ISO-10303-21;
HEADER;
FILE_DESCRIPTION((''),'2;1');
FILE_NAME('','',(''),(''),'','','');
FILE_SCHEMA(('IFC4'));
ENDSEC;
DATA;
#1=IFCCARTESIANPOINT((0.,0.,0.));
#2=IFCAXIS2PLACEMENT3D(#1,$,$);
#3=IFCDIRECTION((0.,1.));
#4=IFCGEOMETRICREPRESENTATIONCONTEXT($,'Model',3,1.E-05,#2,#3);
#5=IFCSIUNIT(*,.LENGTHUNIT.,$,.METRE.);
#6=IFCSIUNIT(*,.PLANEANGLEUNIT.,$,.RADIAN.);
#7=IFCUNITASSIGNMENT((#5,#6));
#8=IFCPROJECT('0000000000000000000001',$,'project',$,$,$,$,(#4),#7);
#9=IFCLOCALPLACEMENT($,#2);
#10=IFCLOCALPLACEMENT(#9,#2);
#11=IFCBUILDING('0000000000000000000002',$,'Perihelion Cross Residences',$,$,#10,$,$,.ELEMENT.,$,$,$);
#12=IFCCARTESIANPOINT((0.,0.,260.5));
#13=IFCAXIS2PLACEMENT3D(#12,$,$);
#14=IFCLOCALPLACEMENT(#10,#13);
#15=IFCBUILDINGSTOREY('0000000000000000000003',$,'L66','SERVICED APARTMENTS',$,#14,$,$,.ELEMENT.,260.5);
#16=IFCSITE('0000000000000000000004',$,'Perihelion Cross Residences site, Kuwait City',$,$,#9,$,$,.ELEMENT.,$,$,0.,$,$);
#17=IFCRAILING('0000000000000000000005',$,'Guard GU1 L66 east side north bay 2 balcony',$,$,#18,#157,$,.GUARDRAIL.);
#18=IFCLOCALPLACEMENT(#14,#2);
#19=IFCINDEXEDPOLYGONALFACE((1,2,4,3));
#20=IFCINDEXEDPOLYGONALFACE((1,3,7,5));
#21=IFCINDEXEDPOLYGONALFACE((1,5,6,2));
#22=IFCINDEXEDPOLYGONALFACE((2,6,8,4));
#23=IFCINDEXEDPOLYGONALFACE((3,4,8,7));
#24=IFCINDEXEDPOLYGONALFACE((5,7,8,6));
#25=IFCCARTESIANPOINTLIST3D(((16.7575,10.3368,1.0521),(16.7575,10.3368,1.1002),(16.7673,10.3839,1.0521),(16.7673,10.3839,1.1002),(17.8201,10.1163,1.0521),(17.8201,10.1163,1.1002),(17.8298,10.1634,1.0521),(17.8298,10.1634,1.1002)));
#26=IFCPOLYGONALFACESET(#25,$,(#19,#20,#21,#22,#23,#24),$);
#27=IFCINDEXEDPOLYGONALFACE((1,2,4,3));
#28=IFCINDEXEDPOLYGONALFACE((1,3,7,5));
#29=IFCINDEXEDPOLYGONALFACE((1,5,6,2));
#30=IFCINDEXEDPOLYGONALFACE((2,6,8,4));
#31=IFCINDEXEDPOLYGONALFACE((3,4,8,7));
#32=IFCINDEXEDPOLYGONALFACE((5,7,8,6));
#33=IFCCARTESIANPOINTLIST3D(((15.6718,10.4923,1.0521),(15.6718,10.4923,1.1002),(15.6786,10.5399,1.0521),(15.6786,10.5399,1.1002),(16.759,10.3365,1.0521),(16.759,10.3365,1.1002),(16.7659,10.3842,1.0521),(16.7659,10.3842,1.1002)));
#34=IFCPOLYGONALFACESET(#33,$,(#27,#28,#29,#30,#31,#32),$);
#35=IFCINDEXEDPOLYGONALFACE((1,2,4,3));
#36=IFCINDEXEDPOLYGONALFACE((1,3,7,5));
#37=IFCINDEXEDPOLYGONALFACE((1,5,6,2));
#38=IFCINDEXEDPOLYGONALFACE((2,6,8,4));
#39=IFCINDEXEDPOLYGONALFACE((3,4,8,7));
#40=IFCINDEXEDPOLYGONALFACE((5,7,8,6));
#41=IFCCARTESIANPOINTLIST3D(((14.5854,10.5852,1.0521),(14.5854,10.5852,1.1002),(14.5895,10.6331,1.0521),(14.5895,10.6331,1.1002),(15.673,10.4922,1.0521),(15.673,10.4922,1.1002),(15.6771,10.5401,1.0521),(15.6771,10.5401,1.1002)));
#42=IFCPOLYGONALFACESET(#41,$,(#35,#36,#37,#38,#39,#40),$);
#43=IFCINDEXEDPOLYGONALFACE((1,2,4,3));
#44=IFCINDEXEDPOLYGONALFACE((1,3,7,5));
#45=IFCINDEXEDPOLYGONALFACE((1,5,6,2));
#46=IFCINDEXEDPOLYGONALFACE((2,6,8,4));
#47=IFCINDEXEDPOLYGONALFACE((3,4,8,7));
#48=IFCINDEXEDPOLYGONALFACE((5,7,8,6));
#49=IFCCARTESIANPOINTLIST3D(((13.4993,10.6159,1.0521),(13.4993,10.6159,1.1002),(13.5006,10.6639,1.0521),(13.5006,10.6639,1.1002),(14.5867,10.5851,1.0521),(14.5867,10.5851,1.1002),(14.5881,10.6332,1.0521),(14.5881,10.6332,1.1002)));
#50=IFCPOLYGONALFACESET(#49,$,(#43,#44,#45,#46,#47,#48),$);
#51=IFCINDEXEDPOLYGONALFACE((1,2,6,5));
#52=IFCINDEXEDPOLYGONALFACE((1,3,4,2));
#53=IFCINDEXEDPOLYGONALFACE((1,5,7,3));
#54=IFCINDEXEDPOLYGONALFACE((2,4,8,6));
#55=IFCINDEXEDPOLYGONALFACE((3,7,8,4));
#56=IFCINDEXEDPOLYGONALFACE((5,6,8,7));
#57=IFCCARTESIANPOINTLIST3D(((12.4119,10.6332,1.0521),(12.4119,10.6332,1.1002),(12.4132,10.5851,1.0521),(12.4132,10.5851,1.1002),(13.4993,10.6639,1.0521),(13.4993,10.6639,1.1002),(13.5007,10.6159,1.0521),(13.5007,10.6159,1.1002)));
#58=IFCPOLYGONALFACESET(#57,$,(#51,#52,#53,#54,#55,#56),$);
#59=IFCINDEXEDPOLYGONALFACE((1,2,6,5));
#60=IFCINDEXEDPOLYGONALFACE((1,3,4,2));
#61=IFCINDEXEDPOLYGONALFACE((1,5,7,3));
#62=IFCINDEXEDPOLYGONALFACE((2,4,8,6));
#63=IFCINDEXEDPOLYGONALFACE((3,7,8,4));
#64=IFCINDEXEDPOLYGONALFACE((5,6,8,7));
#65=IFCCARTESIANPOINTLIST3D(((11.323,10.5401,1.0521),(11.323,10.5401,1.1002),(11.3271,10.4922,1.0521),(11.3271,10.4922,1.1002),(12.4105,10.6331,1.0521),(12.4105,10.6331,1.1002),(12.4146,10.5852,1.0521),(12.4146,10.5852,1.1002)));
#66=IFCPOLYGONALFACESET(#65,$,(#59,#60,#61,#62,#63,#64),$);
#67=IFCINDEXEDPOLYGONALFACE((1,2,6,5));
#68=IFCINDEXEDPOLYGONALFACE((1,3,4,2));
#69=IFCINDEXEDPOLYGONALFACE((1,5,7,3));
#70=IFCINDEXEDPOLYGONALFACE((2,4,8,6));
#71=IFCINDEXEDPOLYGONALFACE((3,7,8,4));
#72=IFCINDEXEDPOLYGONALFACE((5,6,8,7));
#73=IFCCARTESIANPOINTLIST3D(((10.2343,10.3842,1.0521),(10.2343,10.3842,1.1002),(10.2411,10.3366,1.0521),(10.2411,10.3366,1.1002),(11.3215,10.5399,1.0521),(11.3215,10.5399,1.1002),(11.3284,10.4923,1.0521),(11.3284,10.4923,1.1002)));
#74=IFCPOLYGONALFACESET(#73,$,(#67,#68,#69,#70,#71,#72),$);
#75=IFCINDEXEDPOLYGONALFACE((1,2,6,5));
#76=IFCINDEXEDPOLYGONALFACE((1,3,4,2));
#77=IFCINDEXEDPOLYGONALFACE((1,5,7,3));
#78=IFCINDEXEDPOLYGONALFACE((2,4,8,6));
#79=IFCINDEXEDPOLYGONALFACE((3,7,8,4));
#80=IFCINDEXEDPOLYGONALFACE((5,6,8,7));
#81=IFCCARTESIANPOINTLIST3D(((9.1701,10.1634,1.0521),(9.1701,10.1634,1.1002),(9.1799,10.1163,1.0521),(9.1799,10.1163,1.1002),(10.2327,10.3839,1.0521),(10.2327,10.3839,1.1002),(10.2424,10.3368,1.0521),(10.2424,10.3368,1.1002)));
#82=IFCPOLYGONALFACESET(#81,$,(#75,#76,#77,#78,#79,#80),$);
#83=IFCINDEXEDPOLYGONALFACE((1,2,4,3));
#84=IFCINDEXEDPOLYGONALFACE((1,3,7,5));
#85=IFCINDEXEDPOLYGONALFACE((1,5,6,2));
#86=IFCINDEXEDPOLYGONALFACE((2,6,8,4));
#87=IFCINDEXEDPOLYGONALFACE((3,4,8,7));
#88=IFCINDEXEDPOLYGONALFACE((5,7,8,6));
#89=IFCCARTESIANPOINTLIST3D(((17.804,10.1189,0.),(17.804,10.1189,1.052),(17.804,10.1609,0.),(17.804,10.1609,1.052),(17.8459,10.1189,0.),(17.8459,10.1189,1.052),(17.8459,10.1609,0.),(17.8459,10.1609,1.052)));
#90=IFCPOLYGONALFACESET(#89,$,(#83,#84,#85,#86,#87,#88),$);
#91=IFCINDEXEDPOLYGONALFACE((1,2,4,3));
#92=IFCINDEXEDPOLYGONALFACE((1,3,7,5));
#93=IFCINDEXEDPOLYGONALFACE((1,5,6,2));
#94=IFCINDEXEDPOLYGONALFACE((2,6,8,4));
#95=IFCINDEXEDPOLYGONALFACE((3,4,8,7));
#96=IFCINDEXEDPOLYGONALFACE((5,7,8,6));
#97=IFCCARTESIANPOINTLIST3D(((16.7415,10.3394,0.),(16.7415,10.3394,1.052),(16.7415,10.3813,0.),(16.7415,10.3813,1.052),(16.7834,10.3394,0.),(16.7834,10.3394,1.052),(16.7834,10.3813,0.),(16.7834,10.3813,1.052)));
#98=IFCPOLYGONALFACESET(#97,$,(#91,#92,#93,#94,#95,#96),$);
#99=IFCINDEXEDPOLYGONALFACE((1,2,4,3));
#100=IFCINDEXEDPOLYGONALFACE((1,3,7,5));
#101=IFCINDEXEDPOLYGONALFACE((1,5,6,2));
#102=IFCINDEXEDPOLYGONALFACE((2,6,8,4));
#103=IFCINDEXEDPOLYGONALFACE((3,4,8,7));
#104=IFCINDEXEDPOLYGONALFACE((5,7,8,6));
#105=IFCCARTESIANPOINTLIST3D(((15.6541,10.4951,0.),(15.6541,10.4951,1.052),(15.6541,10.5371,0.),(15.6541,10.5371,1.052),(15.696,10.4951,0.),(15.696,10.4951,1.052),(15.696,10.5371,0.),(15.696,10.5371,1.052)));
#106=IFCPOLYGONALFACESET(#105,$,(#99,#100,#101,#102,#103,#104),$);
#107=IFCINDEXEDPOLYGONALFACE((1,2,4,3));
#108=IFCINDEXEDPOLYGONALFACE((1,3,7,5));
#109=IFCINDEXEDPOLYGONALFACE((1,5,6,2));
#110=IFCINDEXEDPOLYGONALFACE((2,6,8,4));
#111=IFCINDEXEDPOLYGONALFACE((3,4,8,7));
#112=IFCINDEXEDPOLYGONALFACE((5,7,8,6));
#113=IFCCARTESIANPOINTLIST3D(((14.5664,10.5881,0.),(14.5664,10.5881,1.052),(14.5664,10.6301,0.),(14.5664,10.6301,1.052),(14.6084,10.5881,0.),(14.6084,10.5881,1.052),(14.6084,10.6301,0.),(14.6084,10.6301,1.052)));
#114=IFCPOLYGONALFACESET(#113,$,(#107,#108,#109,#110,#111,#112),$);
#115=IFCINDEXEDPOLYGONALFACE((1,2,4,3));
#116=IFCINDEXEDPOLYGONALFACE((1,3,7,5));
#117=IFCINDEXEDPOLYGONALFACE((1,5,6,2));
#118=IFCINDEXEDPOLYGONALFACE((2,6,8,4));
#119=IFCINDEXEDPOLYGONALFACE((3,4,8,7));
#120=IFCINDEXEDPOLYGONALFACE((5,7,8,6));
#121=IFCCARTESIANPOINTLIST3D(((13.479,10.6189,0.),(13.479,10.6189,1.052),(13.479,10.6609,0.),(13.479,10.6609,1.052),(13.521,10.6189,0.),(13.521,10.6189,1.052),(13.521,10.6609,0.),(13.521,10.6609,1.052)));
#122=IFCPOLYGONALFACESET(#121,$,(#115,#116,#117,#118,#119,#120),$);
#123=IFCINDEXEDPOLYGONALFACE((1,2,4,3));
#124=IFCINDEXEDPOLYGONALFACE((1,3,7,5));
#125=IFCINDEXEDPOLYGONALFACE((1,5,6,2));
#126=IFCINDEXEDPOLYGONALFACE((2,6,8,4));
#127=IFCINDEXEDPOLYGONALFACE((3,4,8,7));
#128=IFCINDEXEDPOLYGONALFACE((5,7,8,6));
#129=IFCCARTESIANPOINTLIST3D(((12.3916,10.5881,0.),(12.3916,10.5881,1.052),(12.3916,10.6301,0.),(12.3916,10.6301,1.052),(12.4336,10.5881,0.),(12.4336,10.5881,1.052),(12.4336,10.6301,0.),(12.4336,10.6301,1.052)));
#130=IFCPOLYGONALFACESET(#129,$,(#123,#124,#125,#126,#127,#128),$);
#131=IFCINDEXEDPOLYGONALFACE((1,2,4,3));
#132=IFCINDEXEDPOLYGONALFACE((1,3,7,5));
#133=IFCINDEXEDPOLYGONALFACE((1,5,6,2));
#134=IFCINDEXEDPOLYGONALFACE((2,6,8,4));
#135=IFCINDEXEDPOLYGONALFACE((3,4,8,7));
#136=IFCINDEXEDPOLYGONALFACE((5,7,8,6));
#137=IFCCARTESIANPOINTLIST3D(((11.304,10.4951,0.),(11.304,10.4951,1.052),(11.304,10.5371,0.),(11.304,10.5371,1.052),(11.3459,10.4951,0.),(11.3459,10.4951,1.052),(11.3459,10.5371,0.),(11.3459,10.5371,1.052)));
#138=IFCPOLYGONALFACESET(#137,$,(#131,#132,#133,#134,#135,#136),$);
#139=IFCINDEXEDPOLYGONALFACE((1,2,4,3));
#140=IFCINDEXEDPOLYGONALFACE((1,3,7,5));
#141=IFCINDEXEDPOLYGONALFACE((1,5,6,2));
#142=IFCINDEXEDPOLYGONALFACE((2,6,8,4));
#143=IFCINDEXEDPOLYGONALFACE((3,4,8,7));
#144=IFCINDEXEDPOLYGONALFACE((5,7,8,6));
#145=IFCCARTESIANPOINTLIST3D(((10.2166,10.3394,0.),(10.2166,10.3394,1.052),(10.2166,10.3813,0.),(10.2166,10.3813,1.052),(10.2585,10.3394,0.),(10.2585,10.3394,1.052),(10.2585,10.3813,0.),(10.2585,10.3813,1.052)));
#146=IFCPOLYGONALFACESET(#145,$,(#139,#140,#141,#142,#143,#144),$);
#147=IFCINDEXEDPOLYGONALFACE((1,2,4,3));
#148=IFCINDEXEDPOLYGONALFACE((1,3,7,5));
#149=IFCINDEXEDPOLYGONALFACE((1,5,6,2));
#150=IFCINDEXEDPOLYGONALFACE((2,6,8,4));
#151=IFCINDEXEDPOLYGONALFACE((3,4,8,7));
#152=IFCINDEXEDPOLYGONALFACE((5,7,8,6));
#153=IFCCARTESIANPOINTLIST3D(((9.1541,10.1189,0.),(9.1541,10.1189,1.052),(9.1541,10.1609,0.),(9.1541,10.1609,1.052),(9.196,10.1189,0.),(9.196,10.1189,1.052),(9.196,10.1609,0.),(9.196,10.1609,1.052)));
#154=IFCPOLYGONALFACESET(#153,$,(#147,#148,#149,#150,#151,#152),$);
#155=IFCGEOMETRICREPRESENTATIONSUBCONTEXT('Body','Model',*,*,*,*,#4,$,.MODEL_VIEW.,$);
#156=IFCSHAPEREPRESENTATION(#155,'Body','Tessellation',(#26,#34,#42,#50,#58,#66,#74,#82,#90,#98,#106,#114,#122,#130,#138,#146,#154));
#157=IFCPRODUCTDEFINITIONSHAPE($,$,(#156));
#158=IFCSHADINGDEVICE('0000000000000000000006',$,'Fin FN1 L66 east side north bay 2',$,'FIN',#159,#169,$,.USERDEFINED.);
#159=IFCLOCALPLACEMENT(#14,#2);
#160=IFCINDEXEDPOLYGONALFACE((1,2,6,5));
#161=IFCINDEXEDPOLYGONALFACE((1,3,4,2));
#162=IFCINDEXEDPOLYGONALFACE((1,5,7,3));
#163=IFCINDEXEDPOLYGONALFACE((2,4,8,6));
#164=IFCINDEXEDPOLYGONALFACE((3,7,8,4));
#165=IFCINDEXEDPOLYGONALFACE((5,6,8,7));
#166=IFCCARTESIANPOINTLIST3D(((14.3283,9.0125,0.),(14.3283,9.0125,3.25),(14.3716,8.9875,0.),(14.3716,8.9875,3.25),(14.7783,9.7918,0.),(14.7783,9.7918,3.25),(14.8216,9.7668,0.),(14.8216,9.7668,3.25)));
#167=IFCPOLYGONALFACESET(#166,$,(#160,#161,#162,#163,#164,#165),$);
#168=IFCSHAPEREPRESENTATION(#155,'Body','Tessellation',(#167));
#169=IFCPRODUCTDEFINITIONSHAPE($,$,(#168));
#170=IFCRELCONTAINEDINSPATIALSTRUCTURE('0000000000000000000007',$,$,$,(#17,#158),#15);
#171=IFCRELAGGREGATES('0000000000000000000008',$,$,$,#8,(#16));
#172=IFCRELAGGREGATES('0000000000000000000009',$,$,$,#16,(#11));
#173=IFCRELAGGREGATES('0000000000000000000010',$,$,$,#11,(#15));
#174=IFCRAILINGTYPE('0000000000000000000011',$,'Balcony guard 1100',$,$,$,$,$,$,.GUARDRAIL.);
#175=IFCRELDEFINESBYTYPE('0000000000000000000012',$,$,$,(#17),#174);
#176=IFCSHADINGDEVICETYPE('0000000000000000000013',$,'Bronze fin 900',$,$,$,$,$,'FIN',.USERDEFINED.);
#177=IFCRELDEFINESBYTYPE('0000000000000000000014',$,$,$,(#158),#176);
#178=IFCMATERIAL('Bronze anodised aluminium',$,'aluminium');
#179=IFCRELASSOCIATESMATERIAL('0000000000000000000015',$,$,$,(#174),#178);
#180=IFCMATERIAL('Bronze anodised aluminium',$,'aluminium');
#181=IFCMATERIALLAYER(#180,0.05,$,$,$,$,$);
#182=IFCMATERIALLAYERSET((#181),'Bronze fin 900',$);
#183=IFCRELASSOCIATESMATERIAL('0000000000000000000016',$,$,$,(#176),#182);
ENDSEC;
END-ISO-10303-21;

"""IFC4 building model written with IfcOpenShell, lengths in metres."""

from ifc_helpers import new_model, si_unit, direction, frame, origin, origin_2d, place, context, subcontext, project, spatial, rectangle, extrude, material, layer, layer_set, type_object, element, save


model = new_model("IFC4")

# Units and contexts
model_context = context("Model", 3, precision=1e-05, world=origin(), true_north=direction((0.0, 1.0)))
body_context = subcontext(model_context, "Body", "Model", "MODEL_VIEW")
ifc_project = project(units=[si_unit("LENGTHUNIT", "METRE"), si_unit("PLANEANGLEUNIT", "RADIAN")], contexts=[model_context])

# Site, building, storey
site_placement = place(None, origin())
site = spatial("IfcSite", under=ifc_project, at=site_placement, Name="Perihelion Cross Residences site, Kuwait City", CompositionType="ELEMENT", RefElevation=0.0)
building_placement = place(site_placement, origin())
building = spatial("IfcBuilding", under=site, at=building_placement, Name="Perihelion Cross Residences", CompositionType="ELEMENT")
storey_placement = place(building_placement, frame((0.0, 0.0, 260.5)))
storey = spatial("IfcBuildingStorey", under=building, at=storey_placement, Name="L66", Description="SERVICED APARTMENTS", CompositionType="ELEMENT", Elevation=260.5)

# Railing
ifc_material_1 = material(Name="Bronze anodised aluminium", Category="aluminium")
railing_type = type_object("IfcRailingType", Name="Balcony guard 1100", PredefinedType="GUARDRAIL", material=ifc_material_1)
railing_placement = place(storey_placement, frame((17.825, 10.1399, 0.0)))
element("IfcRailing", 1, at=railing_placement, inside=storey, type_object=railing_type, Name="Guard GU1 L66 east side north bay 2 balcony", PredefinedType="GUARDRAIL", context=body_context, shape_type="SweptSolid", body=[
    extrude(rectangle(XDim=0.0481, YDim=0.0481, at=origin_2d()), frame((0.0, 0.0, 1.0762), z_axis=(-0.979145, 0.203164, 0.0), x_axis=(-0.203164, -0.979145, 0.0)), (0.0, 0.0, 1.0), 1.0852),
    extrude(rectangle(XDim=0.0481, YDim=0.0481, at=origin_2d()), frame((-1.0625, 0.2205, 1.0762), z_axis=(-0.989896, 0.141795, 0.0), x_axis=(-0.141795, -0.989896, 0.0)), (0.0, 0.0, 1.0), 1.0984),
    extrude(rectangle(XDim=0.0481, YDim=0.0481, at=origin_2d()), frame((-2.1499, 0.3762, 1.0762), z_axis=(-0.996363, 0.085211, 0.0), x_axis=(-0.085211, -0.996363, 0.0)), (0.0, 0.0, 1.0), 1.0916),
    extrude(rectangle(XDim=0.0481, YDim=0.0481, at=origin_2d()), frame((-3.2375, 0.4692, 1.0762), z_axis=(-0.9996, 0.028278, 0.0), x_axis=(-0.028278, -0.9996, 0.0)), (0.0, 0.0, 1.0), 1.0879),
    extrude(rectangle(XDim=0.0481, YDim=0.0481, at=origin_2d()), frame((-4.325, 0.5, 1.0762), z_axis=(-0.9996, -0.028278, 0.0), x_axis=(0.028278, -0.9996, 0.0)), (0.0, 0.0, 1.0), 1.0879),
    extrude(rectangle(XDim=0.0481, YDim=0.0481, at=origin_2d()), frame((-5.4124, 0.4692, 1.0762), z_axis=(-0.996363, -0.085211, 0.0), x_axis=(0.085211, -0.996363, 0.0)), (0.0, 0.0, 1.0), 1.0916),
    extrude(rectangle(XDim=0.0481, YDim=0.0481, at=origin_2d()), frame((-6.5, 0.3762, 1.0762), z_axis=(-0.989896, -0.141795, 0.0), x_axis=(0.141795, -0.989896, 0.0)), (0.0, 0.0, 1.0), 1.0984),
    extrude(rectangle(XDim=0.0481, YDim=0.0481, at=origin_2d()), frame((-7.5874, 0.2205, 1.0762), z_axis=(-0.979145, -0.203164, 0.0), x_axis=(0.203164, -0.979145, 0.0)), (0.0, 0.0, 1.0), 1.0852),
    extrude(rectangle(XDim=0.042, YDim=0.042, at=origin_2d()), origin(), (0.0, 0.0, 1.0), 1.052),
    extrude(rectangle(XDim=0.042, YDim=0.042, at=origin_2d()), frame((-1.0625, 0.2205, 0.0)), (0.0, 0.0, 1.0), 1.052),
    extrude(rectangle(XDim=0.042, YDim=0.042, at=origin_2d()), frame((-2.1499, 0.3762, 0.0)), (0.0, 0.0, 1.0), 1.052),
    extrude(rectangle(XDim=0.042, YDim=0.042, at=origin_2d()), frame((-3.2375, 0.4692, 0.0)), (0.0, 0.0, 1.0), 1.052),
    extrude(rectangle(XDim=0.042, YDim=0.042, at=origin_2d()), frame((-4.325, 0.5, 0.0)), (0.0, 0.0, 1.0), 1.052),
    extrude(rectangle(XDim=0.042, YDim=0.042, at=origin_2d()), frame((-5.4124, 0.4692, 0.0)), (0.0, 0.0, 1.0), 1.052),
    extrude(rectangle(XDim=0.042, YDim=0.042, at=origin_2d()), frame((-6.5, 0.3762, 0.0)), (0.0, 0.0, 1.0), 1.052),
    extrude(rectangle(XDim=0.042, YDim=0.042, at=origin_2d()), frame((-7.5874, 0.2205, 0.0)), (0.0, 0.0, 1.0), 1.052),
    extrude(rectangle(XDim=0.042, YDim=0.042, at=origin_2d()), frame((-8.6499, 0.0, 0.0)), (0.0, 0.0, 1.0), 1.052),
])

# Shading device
ifc_material_2 = material(Name="Bronze anodised aluminium", Category="aluminium")
ifc_layer_1 = layer(ifc_material_2, 0.05)
ifc_layer_set_1 = layer_set([ifc_layer_1], Name="Bronze fin 900")
shading_device_type = type_object("IfcShadingDeviceType", Name="Bronze fin 900", ElementType="FIN", PredefinedType="USERDEFINED", material=ifc_layer_set_1)
shading_device_placement = place(storey_placement, frame((14.575, 9.3896, 0.0), z_axis=(0.0, 0.0, 1.0), x_axis=(0.5, 0.866025, 0.0)))
element("IfcShadingDevice", 2, at=shading_device_placement, inside=storey, type_object=shading_device_type, Name="Fin FN1 L66 east side north bay 2", ObjectType="FIN", PredefinedType="USERDEFINED", context=body_context, shape_type="SweptSolid", body=[
    extrude(rectangle(XDim=0.8999, YDim=0.05, at=origin_2d()), origin(), (0.0, 0.0, 1.0), 3.25),
])

save(model, "model.ifc")
